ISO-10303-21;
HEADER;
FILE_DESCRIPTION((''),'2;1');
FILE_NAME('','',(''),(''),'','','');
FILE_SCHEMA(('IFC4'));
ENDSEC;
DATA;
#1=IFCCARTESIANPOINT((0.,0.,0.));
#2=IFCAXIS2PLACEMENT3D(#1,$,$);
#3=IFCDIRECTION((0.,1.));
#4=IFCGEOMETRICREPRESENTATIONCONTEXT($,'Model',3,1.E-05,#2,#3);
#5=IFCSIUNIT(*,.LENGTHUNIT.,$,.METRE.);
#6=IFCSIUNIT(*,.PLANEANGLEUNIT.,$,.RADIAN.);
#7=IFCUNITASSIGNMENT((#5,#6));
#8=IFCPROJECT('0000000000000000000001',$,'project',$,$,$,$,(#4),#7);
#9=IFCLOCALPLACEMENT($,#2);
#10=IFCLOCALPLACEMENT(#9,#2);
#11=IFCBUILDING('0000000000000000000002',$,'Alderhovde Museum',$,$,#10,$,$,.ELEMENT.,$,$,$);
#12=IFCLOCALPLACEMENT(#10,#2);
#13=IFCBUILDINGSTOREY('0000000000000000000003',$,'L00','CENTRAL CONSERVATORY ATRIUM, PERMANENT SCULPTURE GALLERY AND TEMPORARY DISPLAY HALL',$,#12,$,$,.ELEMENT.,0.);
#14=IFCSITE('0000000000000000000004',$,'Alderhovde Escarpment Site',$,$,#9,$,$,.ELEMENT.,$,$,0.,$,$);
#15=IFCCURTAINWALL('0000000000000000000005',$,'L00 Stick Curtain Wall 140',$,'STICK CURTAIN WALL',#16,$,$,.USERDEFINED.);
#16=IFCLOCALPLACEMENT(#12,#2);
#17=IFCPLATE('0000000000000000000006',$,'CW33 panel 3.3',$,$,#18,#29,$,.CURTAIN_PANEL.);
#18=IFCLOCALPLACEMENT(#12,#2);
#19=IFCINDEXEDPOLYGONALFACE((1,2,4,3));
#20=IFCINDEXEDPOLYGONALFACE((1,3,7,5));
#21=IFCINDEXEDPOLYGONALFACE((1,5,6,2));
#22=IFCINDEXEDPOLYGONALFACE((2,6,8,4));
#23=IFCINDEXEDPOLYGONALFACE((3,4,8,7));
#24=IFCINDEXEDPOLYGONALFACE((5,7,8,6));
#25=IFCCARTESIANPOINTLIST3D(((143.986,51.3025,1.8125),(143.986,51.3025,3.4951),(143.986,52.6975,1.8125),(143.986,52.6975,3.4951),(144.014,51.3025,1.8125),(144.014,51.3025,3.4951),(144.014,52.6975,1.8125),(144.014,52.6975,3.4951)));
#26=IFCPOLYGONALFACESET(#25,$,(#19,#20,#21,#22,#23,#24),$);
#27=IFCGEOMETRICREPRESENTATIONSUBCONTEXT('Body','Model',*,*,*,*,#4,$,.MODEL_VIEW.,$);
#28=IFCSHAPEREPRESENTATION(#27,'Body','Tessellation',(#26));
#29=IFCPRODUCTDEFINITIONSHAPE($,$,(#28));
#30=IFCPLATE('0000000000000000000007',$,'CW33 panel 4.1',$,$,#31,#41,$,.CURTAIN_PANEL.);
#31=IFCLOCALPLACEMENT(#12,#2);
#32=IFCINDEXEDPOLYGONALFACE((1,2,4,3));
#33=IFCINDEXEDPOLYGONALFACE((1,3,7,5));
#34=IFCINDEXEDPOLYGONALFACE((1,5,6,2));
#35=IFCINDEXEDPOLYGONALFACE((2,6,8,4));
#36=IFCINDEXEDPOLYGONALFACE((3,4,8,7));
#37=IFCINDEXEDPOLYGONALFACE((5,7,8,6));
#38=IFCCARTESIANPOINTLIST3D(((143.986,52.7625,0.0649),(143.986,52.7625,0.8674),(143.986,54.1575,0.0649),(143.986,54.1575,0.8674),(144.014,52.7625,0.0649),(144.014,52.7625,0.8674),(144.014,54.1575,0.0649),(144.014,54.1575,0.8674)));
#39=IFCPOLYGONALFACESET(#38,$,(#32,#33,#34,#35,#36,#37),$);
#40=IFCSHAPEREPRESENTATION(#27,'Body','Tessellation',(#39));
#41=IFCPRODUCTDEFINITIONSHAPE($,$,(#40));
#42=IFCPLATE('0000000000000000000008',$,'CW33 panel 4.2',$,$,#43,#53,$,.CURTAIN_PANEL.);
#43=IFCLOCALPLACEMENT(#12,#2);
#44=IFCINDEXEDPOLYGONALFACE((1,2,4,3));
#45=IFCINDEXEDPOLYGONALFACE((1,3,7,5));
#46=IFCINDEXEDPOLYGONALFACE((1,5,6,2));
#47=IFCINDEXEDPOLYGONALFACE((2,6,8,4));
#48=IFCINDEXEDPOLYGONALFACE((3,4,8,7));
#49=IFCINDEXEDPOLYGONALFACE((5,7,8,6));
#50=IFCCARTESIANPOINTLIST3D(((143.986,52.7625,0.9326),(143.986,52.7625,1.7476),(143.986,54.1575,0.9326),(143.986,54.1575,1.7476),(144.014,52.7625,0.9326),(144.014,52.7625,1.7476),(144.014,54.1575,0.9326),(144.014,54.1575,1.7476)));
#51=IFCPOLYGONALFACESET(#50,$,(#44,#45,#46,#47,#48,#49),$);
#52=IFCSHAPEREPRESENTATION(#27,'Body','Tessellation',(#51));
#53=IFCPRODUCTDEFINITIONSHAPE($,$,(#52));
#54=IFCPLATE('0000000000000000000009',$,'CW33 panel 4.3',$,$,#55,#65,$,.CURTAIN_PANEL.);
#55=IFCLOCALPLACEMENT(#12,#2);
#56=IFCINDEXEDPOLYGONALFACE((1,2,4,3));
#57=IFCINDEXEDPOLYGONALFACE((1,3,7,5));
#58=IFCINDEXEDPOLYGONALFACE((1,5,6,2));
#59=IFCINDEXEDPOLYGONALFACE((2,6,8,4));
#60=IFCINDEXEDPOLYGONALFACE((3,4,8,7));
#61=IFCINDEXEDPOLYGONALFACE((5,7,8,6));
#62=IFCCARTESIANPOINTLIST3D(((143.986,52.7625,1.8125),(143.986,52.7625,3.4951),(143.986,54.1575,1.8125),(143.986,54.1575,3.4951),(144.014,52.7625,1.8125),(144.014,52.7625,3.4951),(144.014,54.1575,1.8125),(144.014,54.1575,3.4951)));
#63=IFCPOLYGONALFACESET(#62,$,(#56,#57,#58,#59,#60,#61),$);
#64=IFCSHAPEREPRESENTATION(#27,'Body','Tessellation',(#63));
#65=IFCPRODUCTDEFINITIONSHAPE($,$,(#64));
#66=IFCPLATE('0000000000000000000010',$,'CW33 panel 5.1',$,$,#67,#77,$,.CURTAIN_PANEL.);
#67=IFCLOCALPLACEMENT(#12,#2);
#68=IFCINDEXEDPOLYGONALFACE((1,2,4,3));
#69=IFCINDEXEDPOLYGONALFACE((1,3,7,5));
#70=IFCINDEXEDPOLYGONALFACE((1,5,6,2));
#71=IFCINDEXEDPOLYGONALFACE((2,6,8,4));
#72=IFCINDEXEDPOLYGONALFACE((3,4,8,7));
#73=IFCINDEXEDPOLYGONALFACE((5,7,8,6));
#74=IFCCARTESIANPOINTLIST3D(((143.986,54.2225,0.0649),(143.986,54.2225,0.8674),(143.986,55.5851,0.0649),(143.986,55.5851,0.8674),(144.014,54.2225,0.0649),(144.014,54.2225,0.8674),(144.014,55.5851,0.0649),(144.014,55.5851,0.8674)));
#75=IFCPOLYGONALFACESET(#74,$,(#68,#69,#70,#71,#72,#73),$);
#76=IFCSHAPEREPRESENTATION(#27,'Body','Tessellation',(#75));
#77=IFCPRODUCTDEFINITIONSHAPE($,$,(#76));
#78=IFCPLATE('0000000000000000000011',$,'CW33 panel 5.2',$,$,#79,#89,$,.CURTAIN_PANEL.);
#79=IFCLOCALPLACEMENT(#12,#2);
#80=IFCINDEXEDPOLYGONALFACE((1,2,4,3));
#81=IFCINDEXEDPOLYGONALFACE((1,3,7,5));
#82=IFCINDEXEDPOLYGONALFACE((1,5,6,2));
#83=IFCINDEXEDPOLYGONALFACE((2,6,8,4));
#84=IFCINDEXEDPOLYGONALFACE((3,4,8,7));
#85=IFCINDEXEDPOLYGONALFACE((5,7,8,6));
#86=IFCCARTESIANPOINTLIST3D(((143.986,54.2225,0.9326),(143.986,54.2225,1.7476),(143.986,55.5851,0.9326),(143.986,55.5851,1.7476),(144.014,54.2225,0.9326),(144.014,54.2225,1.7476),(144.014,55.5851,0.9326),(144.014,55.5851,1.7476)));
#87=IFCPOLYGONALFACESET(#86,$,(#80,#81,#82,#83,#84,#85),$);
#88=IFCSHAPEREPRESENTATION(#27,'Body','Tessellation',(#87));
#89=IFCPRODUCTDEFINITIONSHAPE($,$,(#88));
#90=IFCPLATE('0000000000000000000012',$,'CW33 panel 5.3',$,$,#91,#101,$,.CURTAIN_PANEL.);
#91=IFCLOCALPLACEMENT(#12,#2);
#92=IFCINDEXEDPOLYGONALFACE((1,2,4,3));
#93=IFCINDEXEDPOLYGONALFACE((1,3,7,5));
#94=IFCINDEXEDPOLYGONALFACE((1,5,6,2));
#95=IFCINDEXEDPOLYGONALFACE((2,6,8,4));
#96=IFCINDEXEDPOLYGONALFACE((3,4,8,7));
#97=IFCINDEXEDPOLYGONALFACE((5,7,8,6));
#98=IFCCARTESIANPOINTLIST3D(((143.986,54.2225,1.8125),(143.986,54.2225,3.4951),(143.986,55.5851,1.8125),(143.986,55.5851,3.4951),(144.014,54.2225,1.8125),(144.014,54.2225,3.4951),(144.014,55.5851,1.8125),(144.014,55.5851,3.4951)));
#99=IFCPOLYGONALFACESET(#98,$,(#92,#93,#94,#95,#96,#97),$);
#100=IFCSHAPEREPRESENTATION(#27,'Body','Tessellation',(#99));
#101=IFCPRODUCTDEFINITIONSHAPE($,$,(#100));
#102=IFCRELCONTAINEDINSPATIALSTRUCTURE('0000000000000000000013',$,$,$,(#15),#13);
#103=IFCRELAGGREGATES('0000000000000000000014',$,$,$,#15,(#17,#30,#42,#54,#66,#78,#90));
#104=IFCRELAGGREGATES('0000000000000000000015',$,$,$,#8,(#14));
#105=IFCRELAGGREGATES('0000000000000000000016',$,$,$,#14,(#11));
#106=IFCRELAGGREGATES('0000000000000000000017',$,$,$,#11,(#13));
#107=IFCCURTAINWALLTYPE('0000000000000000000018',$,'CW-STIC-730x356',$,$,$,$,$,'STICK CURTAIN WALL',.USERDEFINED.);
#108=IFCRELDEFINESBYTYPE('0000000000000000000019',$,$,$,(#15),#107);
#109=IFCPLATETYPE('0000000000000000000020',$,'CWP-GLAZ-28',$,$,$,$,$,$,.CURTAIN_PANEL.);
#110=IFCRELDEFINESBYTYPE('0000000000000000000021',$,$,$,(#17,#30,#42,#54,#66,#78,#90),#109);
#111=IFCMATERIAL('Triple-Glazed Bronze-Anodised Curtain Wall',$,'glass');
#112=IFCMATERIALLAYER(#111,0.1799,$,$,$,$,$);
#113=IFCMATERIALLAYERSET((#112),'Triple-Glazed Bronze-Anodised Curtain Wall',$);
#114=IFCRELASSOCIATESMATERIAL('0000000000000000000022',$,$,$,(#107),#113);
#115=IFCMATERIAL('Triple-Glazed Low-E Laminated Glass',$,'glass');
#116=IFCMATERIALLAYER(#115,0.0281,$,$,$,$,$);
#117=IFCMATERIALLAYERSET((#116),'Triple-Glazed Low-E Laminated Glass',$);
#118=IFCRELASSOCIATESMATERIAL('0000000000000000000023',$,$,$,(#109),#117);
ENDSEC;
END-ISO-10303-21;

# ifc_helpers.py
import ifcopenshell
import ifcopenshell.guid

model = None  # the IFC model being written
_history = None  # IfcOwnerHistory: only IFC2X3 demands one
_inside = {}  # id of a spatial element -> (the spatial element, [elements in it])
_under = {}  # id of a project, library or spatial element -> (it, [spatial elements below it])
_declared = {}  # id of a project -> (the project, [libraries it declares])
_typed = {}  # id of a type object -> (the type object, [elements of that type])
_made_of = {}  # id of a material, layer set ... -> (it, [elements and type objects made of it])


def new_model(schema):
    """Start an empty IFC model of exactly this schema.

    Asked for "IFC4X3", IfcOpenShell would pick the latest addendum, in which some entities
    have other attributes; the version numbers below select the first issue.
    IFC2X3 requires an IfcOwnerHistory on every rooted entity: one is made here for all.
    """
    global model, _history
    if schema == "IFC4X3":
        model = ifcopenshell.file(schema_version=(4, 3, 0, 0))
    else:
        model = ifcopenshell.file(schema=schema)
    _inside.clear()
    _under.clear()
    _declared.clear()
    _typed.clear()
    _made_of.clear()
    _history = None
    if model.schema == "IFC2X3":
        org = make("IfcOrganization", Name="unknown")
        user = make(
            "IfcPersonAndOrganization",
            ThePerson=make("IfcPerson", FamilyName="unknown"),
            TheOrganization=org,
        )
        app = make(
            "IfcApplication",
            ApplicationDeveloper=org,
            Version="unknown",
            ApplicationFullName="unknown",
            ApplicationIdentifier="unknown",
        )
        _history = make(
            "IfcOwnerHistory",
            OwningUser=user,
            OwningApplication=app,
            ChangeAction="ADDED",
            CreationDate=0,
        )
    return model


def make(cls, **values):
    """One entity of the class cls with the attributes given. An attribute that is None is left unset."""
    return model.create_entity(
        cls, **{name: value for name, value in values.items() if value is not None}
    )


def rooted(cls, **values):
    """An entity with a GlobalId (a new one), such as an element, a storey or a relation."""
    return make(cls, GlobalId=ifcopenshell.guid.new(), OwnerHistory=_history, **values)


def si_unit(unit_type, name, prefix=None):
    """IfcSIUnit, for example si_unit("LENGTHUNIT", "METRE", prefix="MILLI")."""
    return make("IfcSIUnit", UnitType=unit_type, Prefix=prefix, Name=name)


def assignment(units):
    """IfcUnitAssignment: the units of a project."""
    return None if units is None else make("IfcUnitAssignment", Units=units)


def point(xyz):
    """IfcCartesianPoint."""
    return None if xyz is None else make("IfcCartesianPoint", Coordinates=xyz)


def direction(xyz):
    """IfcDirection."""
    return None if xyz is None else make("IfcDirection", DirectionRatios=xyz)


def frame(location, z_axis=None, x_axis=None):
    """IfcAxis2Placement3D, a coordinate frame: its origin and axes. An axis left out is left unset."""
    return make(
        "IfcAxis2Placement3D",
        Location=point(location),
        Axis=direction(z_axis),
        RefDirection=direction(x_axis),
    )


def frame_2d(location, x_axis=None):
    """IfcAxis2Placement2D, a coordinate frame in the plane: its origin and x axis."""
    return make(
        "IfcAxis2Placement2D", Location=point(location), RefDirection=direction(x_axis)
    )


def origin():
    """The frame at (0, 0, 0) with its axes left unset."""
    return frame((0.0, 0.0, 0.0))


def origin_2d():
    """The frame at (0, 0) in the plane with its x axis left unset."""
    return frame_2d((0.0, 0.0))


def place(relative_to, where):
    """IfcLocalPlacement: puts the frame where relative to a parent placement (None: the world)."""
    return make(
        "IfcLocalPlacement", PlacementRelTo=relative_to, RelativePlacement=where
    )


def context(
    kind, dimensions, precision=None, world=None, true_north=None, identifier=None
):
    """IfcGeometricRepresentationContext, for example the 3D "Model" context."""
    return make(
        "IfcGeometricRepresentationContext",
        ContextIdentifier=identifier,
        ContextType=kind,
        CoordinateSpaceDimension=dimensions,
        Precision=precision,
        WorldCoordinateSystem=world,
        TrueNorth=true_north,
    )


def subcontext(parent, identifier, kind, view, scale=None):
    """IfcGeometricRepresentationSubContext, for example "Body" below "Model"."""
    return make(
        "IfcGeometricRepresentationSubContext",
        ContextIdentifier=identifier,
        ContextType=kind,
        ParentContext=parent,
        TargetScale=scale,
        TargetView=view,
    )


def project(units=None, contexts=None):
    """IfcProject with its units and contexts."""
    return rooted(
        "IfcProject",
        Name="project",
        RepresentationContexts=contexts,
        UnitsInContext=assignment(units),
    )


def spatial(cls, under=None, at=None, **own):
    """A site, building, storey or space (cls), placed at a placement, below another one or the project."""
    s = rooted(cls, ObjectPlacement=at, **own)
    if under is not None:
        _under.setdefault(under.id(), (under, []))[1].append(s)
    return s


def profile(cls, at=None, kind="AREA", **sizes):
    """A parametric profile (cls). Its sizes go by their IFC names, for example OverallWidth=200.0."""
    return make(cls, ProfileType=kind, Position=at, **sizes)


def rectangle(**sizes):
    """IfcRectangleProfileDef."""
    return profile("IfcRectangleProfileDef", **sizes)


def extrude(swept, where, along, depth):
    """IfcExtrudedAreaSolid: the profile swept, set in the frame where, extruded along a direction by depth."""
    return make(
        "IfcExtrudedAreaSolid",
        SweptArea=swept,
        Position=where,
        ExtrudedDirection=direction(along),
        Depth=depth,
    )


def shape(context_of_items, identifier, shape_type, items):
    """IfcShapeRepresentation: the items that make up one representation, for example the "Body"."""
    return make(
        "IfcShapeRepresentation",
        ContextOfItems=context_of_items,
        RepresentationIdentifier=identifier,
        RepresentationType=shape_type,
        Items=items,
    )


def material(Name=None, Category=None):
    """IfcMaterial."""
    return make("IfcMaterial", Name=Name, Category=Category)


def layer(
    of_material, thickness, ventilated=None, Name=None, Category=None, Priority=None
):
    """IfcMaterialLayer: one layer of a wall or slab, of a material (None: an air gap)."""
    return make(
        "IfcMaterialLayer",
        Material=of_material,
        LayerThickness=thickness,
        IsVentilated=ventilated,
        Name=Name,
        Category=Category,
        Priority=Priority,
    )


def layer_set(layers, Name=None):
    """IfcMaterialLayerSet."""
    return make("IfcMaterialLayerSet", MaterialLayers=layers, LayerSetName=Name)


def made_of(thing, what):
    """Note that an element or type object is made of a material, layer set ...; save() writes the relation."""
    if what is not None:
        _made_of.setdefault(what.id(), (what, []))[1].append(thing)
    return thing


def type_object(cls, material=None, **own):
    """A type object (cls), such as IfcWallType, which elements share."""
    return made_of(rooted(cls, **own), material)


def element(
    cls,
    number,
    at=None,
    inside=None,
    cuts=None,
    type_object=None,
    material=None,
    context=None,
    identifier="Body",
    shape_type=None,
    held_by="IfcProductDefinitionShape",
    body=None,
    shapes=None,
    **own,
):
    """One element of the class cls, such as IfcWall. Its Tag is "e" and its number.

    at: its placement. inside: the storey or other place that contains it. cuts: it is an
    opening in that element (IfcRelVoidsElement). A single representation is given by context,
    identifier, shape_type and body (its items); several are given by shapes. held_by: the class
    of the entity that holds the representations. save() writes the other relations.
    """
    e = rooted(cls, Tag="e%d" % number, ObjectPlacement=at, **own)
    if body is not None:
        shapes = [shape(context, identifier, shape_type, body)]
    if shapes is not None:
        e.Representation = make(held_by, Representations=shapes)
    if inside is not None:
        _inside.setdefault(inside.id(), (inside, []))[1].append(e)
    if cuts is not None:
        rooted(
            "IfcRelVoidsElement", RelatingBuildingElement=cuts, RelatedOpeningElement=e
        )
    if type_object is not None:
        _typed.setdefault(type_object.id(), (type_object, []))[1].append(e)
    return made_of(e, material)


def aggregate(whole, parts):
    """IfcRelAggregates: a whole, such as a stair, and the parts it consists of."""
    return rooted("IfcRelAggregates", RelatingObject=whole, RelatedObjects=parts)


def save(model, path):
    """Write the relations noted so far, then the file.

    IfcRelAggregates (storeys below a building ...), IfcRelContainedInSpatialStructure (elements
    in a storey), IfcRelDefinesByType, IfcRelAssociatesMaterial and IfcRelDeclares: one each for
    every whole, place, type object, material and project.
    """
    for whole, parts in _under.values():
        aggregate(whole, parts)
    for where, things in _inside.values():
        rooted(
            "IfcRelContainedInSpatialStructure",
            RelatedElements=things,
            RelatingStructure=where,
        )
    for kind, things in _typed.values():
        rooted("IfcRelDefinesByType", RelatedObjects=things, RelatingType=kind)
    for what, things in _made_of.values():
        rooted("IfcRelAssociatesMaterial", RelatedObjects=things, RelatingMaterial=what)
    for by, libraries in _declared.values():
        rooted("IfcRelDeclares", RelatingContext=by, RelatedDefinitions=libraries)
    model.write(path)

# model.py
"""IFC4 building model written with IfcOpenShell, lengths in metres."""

from ifc_helpers import new_model, si_unit, direction, frame, origin, origin_2d, place, context, subcontext, project, spatial, rectangle, extrude, material, layer, layer_set, type_object, element, aggregate, save


model = new_model("IFC4")

# Units and contexts
model_context = context("Model", 3, precision=1e-05, world=origin(), true_north=direction((0.0, 1.0)))
body_context = subcontext(model_context, "Body", "Model", "MODEL_VIEW")
ifc_project = project(units=[si_unit("LENGTHUNIT", "METRE"), si_unit("PLANEANGLEUNIT", "RADIAN")], contexts=[model_context])

# Site, building, storey
site_placement = place(None, origin())
site = spatial("IfcSite", under=ifc_project, at=site_placement, Name="Alderhovde Escarpment Site", CompositionType="ELEMENT", RefElevation=0.0)
building_placement = place(site_placement, origin())
building = spatial("IfcBuilding", under=site, at=building_placement, Name="Alderhovde Museum", CompositionType="ELEMENT")
storey_placement = place(building_placement, origin())
storey = spatial("IfcBuildingStorey", under=building, at=storey_placement, Name="L00", Description="CENTRAL CONSERVATORY ATRIUM, PERMANENT SCULPTURE GALLERY AND TEMPORARY DISPLAY HALL", CompositionType="ELEMENT", Elevation=0.0)

# Curtain wall
ifc_material_1 = material(Name="Triple-Glazed Bronze-Anodised Curtain Wall", Category="glass")
ifc_layer_1 = layer(ifc_material_1, 0.1799)
ifc_layer_set_1 = layer_set([ifc_layer_1], Name="Triple-Glazed Bronze-Anodised Curtain Wall")
curtain_wall_type = type_object("IfcCurtainWallType", Name="CW-STIC-730x356", ElementType="STICK CURTAIN WALL", PredefinedType="USERDEFINED", material=ifc_layer_set_1)
curtain_wall_1_placement = place(storey_placement, origin())
curtain_wall_1 = element("IfcCurtainWall", 1, at=curtain_wall_1_placement, inside=storey, type_object=curtain_wall_type, Name="L00 Stick Curtain Wall 140", ObjectType="STICK CURTAIN WALL", PredefinedType="USERDEFINED")

# Plates
ifc_material_2 = material(Name="Triple-Glazed Low-E Laminated Glass", Category="glass")
ifc_layer_2 = layer(ifc_material_2, 0.0281)
ifc_layer_set_2 = layer_set([ifc_layer_2], Name="Triple-Glazed Low-E Laminated Glass")
plate_type = type_object("IfcPlateType", Name="CWP-GLAZ-28", PredefinedType="CURTAIN_PANEL", material=ifc_layer_set_2)
plate_1_placement = place(storey_placement, frame((144.0, 52.0, 1.8125), z_axis=(0.0, 0.0, 1.0), x_axis=(0.0, 1.0, 0.0)))
plate_1 = element("IfcPlate", 2, at=plate_1_placement, type_object=plate_type, Name="CW33 panel 3.3", PredefinedType="CURTAIN_PANEL", context=body_context, shape_type="SweptSolid", body=[
    extrude(rectangle(XDim=1.395, YDim=0.0281, at=origin_2d()), origin(), (0.0, 0.0, 1.0), 1.6826),
])
plate_2_placement = place(storey_placement, frame((144.0, 53.46, 0.0649), z_axis=(0.0, 0.0, 1.0), x_axis=(0.0, 1.0, 0.0)))
plate_2 = element("IfcPlate", 3, at=plate_2_placement, type_object=plate_type, Name="CW33 panel 4.1", PredefinedType="CURTAIN_PANEL", context=body_context, shape_type="SweptSolid", body=[
    extrude(rectangle(XDim=1.395, YDim=0.0281, at=origin_2d()), origin(), (0.0, 0.0, 1.0), 0.8025),
])
plate_3_placement = place(storey_placement, frame((144.0, 53.46, 0.9326), z_axis=(0.0, 0.0, 1.0), x_axis=(0.0, 1.0, 0.0)))
plate_3 = element("IfcPlate", 4, at=plate_3_placement, type_object=plate_type, Name="CW33 panel 4.2", PredefinedType="CURTAIN_PANEL", context=body_context, shape_type="SweptSolid", body=[
    extrude(rectangle(XDim=1.395, YDim=0.0281, at=origin_2d()), origin(), (0.0, 0.0, 1.0), 0.8149),
])
plate_4_placement = place(storey_placement, frame((144.0, 53.46, 1.8125), z_axis=(0.0, 0.0, 1.0), x_axis=(0.0, 1.0, 0.0)))
plate_4 = element("IfcPlate", 5, at=plate_4_placement, type_object=plate_type, Name="CW33 panel 4.3", PredefinedType="CURTAIN_PANEL", context=body_context, shape_type="SweptSolid", body=[
    extrude(rectangle(XDim=1.395, YDim=0.0281, at=origin_2d()), origin(), (0.0, 0.0, 1.0), 1.6826),
])
plate_5_placement = place(storey_placement, frame((144.0, 54.9038, 0.0649), z_axis=(0.0, 0.0, 1.0), x_axis=(0.0, 1.0, 0.0)))
plate_5 = element("IfcPlate", 6, at=plate_5_placement, type_object=plate_type, Name="CW33 panel 5.1", PredefinedType="CURTAIN_PANEL", context=body_context, shape_type="SweptSolid", body=[
    extrude(rectangle(XDim=1.3625, YDim=0.0281, at=origin_2d()), origin(), (0.0, 0.0, 1.0), 0.8025),
])
plate_6_placement = place(storey_placement, frame((144.0, 54.9038, 0.9326), z_axis=(0.0, 0.0, 1.0), x_axis=(0.0, 1.0, 0.0)))
plate_6 = element("IfcPlate", 7, at=plate_6_placement, type_object=plate_type, Name="CW33 panel 5.2", PredefinedType="CURTAIN_PANEL", context=body_context, shape_type="SweptSolid", body=[
    extrude(rectangle(XDim=1.3625, YDim=0.0281, at=origin_2d()), origin(), (0.0, 0.0, 1.0), 0.8149),
])
plate_7_placement = place(storey_placement, frame((144.0, 54.9038, 1.8125), z_axis=(0.0, 0.0, 1.0), x_axis=(0.0, 1.0, 0.0)))
plate_7 = element("IfcPlate", 8, at=plate_7_placement, type_object=plate_type, Name="CW33 panel 5.3", PredefinedType="CURTAIN_PANEL", context=body_context, shape_type="SweptSolid", body=[
    extrude(rectangle(XDim=1.3625, YDim=0.0281, at=origin_2d()), origin(), (0.0, 0.0, 1.0), 1.6826),
])
aggregate(curtain_wall_1, [plate_1, plate_2, plate_3, plate_4, plate_5, plate_6, plate_7])

save(model, "model.ifc")
